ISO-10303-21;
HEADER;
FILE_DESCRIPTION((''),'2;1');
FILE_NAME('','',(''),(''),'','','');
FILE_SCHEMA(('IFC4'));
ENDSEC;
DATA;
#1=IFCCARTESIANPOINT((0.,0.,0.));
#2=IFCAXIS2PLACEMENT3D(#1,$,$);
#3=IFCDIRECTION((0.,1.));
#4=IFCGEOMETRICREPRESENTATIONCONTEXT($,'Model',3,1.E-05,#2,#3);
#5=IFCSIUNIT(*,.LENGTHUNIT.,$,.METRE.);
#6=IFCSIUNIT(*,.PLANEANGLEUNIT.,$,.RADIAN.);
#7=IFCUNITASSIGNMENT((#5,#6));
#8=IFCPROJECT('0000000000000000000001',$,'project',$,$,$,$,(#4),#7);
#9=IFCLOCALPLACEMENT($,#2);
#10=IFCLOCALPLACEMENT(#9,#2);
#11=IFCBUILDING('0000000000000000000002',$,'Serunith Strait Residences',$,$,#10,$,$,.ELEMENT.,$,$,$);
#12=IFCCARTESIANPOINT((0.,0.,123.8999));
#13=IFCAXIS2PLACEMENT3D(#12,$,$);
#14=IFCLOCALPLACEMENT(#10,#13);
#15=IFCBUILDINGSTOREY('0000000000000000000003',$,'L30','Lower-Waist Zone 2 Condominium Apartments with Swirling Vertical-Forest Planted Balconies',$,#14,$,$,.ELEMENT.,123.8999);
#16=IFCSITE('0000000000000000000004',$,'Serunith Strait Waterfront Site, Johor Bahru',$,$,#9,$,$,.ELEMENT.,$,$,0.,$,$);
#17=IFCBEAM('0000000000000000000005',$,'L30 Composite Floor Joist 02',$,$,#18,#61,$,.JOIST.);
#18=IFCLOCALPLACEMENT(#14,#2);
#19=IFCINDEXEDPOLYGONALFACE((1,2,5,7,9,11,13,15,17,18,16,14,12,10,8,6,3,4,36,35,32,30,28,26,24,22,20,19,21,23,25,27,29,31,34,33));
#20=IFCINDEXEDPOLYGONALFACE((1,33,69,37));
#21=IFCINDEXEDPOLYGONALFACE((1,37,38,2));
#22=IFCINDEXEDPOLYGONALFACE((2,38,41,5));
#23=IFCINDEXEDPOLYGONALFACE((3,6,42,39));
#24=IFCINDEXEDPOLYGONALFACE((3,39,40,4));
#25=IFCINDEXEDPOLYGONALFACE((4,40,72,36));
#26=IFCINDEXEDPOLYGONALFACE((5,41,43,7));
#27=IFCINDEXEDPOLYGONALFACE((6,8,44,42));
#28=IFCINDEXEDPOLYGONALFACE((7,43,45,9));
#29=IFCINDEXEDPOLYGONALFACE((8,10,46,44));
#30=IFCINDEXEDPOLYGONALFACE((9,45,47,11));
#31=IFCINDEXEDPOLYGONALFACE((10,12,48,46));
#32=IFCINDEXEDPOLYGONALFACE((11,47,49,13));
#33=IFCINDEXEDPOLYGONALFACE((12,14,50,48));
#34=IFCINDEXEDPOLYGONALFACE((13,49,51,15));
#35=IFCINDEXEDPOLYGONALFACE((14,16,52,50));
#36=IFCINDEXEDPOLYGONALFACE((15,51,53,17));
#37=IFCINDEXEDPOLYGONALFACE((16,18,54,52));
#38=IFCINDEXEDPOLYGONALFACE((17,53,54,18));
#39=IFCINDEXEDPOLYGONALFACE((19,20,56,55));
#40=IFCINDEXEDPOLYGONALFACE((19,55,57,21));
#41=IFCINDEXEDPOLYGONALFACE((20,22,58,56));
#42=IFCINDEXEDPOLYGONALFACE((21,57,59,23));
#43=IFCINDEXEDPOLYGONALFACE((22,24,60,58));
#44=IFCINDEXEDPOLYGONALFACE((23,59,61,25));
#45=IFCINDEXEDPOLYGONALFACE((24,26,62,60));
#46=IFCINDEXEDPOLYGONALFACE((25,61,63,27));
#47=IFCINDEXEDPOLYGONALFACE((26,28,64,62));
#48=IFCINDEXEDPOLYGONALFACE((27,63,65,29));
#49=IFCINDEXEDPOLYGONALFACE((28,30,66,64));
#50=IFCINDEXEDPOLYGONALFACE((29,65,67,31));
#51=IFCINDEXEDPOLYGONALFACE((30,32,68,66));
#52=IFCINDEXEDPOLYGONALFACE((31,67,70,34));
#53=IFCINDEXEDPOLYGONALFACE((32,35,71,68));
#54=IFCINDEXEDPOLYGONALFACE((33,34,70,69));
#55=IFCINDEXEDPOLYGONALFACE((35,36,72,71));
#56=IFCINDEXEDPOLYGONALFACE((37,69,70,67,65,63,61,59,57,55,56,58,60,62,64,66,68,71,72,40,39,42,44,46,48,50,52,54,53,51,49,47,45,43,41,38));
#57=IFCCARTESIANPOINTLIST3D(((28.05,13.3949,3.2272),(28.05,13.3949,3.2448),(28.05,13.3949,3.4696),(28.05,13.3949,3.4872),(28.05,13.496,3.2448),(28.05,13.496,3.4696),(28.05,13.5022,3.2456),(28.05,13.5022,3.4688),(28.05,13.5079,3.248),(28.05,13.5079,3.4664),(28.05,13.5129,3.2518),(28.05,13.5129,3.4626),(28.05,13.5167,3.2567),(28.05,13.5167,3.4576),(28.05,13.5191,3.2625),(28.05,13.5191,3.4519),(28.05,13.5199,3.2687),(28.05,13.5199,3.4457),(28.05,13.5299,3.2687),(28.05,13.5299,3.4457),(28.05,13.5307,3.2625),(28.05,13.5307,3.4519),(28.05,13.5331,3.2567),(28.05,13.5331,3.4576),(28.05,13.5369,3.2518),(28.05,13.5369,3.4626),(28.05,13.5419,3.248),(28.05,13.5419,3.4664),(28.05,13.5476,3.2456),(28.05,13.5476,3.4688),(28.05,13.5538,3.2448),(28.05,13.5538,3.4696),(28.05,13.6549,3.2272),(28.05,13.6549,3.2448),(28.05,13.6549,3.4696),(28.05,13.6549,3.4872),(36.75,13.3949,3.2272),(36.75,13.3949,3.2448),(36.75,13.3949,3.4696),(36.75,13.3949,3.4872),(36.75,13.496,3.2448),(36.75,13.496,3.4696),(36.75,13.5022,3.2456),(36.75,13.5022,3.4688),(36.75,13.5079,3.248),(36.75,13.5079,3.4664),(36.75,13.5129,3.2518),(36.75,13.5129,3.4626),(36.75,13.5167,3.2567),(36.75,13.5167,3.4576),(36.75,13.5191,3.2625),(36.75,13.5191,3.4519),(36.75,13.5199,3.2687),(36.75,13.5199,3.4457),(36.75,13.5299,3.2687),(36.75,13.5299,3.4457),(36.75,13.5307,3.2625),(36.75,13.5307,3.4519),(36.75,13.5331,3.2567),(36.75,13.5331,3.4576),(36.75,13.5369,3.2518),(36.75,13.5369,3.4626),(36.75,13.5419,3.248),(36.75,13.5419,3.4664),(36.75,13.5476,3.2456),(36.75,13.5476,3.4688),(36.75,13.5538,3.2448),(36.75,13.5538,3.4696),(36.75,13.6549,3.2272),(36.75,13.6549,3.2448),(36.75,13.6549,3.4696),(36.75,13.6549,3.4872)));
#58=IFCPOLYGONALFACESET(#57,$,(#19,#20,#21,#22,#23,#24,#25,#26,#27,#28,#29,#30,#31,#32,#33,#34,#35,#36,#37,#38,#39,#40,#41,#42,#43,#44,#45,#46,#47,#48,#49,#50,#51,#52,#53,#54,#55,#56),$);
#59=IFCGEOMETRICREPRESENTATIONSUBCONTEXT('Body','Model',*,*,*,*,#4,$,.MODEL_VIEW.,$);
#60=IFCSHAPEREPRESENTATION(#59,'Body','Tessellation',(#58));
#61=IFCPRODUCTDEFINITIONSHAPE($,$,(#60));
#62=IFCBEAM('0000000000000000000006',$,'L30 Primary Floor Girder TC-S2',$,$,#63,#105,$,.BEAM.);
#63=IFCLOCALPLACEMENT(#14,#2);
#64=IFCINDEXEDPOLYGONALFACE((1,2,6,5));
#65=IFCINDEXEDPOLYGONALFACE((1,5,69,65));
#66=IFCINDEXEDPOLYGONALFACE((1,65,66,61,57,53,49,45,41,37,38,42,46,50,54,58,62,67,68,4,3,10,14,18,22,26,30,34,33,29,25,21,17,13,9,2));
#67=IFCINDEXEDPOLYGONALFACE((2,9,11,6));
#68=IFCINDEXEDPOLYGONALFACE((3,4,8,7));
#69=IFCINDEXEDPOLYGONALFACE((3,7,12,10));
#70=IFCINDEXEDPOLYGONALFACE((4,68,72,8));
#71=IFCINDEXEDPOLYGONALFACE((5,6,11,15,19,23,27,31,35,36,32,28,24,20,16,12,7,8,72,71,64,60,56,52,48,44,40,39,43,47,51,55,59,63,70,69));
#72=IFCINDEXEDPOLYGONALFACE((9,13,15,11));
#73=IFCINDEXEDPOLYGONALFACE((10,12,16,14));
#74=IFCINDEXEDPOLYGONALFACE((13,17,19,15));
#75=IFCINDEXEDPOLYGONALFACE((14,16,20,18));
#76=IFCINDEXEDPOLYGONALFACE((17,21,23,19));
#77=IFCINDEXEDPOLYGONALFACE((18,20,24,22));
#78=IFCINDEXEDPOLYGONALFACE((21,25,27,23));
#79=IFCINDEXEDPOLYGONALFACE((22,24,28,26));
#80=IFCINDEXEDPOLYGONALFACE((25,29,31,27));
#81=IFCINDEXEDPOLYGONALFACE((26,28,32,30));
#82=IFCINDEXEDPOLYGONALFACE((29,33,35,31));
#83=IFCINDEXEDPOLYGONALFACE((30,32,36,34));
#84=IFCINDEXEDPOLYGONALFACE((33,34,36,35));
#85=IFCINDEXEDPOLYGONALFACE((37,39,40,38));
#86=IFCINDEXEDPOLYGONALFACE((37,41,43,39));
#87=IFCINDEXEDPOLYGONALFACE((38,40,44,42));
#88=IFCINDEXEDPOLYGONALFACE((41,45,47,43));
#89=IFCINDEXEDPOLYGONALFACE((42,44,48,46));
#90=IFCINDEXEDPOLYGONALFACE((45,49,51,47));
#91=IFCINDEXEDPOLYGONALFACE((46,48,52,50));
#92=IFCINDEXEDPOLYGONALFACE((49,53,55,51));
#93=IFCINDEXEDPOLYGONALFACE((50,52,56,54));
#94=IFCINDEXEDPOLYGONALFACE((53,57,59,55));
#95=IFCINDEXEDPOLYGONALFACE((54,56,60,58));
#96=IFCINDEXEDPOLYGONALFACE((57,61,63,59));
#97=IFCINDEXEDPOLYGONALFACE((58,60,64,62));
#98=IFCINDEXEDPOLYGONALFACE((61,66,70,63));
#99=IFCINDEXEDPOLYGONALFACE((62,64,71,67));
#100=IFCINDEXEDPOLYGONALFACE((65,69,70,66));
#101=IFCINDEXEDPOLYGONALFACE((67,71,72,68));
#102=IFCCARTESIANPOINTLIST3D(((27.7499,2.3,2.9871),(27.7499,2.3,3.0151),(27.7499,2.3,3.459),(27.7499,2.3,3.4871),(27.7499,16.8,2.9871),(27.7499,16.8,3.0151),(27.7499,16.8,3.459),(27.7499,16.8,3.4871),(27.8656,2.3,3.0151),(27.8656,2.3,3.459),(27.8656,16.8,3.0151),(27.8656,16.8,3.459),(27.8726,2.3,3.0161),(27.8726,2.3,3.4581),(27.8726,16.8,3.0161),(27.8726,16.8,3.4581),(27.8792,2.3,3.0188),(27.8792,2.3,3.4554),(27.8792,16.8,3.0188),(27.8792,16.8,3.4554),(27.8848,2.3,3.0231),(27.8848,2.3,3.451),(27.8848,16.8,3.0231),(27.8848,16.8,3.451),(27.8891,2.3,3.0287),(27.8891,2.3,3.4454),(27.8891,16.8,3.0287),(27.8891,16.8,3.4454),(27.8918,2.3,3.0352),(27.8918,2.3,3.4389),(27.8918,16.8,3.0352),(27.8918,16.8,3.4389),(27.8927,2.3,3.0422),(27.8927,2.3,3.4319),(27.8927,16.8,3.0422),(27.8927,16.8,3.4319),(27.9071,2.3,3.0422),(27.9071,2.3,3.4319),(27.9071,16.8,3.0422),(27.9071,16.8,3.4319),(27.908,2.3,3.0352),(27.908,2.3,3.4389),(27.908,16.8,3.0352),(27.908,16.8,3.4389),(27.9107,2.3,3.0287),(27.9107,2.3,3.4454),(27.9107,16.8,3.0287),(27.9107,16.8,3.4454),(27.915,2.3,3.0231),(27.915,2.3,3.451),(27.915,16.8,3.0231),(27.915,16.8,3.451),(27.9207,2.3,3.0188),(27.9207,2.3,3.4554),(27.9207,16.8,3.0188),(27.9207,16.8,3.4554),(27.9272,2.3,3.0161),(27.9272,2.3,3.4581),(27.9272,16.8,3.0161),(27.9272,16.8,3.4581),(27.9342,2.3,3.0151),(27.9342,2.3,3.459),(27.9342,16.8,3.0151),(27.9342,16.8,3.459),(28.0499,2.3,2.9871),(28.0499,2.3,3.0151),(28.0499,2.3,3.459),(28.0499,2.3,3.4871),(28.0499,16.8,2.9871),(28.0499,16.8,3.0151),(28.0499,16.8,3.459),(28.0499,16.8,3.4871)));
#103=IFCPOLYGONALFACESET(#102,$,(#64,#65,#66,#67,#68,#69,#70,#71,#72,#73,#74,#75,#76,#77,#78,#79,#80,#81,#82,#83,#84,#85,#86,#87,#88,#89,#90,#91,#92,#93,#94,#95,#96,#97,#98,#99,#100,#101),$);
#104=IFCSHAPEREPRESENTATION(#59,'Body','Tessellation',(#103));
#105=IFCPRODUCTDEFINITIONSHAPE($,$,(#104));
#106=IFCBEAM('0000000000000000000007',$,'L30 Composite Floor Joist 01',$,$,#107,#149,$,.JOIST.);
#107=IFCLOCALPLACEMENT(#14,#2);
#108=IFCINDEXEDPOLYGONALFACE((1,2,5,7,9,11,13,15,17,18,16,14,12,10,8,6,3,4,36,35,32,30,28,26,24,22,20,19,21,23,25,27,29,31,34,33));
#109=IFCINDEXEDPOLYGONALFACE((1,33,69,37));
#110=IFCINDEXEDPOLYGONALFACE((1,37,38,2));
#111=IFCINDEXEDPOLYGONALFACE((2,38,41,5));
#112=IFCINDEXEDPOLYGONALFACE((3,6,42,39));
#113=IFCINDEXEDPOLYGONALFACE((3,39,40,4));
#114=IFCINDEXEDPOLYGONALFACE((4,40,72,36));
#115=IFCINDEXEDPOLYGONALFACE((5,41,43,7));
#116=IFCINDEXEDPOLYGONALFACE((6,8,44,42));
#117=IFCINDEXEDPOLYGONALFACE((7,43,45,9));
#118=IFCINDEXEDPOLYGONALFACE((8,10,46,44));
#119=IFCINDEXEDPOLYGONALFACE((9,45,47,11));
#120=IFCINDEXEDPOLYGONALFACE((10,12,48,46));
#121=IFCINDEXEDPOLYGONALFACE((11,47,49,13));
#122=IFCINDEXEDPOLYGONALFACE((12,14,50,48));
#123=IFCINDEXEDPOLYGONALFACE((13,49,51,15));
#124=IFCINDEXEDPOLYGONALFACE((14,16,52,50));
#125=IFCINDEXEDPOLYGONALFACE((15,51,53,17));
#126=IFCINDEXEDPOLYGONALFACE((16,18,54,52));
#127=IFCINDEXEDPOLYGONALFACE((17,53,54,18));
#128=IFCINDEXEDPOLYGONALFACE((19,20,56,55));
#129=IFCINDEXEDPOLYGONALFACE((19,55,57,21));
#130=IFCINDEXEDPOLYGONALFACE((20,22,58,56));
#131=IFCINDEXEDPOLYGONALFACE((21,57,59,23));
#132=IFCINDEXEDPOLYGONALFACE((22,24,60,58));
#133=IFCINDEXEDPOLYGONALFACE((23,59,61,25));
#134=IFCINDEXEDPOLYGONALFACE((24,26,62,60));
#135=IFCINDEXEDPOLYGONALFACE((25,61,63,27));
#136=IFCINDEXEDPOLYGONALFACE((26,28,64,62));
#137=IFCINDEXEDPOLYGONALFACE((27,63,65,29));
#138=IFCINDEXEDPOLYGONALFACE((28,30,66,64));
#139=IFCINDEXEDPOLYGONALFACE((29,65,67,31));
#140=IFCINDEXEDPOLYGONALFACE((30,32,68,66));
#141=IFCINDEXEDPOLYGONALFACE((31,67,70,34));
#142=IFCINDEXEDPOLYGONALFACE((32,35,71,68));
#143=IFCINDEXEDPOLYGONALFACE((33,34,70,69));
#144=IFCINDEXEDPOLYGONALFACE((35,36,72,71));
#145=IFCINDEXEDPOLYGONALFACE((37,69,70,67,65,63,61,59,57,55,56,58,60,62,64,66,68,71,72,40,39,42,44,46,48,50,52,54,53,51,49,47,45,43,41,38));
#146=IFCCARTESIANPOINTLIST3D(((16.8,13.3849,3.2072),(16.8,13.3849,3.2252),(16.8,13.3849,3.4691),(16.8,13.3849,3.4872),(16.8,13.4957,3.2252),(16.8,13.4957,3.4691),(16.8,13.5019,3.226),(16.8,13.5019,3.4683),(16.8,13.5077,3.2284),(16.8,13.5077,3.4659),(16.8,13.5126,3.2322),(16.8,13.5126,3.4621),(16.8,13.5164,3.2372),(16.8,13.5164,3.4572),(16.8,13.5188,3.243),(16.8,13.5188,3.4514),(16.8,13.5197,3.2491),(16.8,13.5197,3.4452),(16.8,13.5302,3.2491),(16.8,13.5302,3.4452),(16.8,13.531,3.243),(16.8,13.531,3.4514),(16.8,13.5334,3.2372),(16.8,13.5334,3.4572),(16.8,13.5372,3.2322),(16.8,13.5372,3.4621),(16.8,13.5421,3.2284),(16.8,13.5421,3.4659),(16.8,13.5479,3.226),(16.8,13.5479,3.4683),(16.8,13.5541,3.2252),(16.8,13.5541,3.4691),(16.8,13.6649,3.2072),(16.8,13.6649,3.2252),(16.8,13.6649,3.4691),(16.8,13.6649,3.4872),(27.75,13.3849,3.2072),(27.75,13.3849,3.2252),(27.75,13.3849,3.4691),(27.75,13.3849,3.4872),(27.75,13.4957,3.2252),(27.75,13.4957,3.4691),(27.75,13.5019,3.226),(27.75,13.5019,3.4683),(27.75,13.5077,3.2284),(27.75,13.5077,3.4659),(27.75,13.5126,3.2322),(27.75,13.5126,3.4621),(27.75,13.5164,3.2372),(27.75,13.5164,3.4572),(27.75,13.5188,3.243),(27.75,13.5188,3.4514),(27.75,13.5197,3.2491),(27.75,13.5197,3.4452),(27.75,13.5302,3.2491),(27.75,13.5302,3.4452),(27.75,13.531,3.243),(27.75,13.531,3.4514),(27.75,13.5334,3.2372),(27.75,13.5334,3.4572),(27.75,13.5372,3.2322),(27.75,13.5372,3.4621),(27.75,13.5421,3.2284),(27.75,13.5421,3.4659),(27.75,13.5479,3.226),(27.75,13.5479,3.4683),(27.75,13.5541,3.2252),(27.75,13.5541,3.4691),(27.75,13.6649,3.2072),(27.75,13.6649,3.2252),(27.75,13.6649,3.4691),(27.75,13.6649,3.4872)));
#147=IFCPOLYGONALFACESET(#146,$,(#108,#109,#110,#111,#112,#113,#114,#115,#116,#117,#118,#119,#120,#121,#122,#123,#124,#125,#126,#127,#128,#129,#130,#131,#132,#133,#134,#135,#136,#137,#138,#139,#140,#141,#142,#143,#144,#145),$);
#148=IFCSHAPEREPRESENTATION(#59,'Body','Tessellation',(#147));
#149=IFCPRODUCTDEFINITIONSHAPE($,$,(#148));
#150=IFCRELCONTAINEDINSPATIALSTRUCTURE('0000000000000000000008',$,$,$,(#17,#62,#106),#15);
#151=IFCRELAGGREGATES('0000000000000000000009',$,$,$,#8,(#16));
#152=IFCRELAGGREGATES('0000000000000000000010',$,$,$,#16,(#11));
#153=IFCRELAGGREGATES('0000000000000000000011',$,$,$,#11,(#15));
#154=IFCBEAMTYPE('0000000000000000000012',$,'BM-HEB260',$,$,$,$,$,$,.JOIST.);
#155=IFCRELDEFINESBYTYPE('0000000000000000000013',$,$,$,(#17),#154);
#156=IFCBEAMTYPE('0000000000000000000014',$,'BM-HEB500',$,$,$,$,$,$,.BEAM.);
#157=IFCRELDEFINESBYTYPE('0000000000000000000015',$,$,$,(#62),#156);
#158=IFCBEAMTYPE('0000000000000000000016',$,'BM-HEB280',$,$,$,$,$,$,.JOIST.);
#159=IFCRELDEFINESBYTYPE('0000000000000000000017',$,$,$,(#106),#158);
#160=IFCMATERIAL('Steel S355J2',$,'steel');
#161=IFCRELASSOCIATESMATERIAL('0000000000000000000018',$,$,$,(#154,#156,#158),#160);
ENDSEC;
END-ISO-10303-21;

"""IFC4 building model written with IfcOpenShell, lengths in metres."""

from ifc_helpers import new_model, si_unit, direction, frame, origin, origin_2d, place, context, subcontext, project, spatial, i_section, extrude, source, transform, mapped, material, material_profile, profile_set, type_object, element, save


model = new_model("IFC4")

# Units and contexts
model_context = context("Model", 3, precision=1e-05, world=origin(), true_north=direction((0.0, 1.0)))
body_context = subcontext(model_context, "Body", "Model", "MODEL_VIEW")
ifc_project = project(units=[si_unit("LENGTHUNIT", "METRE"), si_unit("PLANEANGLEUNIT", "RADIAN")], contexts=[model_context])

# Site, building, storey
site_placement = place(None, origin())
site = spatial("IfcSite", under=ifc_project, at=site_placement, Name="Serunith Strait Waterfront Site, Johor Bahru", CompositionType="ELEMENT", RefElevation=0.0)
building_placement = place(site_placement, origin())
building = spatial("IfcBuilding", under=site, at=building_placement, Name="Serunith Strait Residences", CompositionType="ELEMENT")
storey_placement = place(building_placement, frame((0.0, 0.0, 123.8999)))
storey = spatial("IfcBuildingStorey", under=building, at=storey_placement, Name="L30", Description="Lower-Waist Zone 2 Condominium Apartments with Swirling Vertical-Forest Planted Balconies", CompositionType="ELEMENT", Elevation=123.8999)

# Beams
ifc_material_1 = material(Name="Steel S355J2", Category="steel")
ifc_material_profile_1 = material_profile(ifc_material_1, i_section(OverallWidth=0.26, OverallDepth=0.26, WebThickness=0.01, FlangeThickness=0.0176, FilletRadius=0.0239, at=origin_2d()), Name="HEB 260")
ifc_profile_set_1 = profile_set([ifc_material_profile_1], Name="Steel S355J2")
beam_type_1 = type_object("IfcBeamType", Name="BM-HEB260", PredefinedType="JOIST", material=ifc_profile_set_1)
shared_shape_1 = source(origin(), body_context, "Body", "SweptSolid", [
    extrude(i_section(OverallWidth=0.26, OverallDepth=0.26, WebThickness=0.01, FlangeThickness=0.0176, FilletRadius=0.0239, at=origin_2d()), origin(), (0.0, 0.0, 1.0), 8.7),
])
beam_1_placement = place(storey_placement, frame((28.05, 13.5249, 3.3572), z_axis=(1.0, 0.0, 0.0), x_axis=(0.0, 1.0, 0.0)))
element("IfcBeam", 1, at=beam_1_placement, inside=storey, type_object=beam_type_1, Name="L30 Composite Floor Joist 02", PredefinedType="JOIST", context=body_context, shape_type="MappedRepresentation", body=[
    mapped(shared_shape_1, transform((0.0, 0.0, 0.0), scale=1.0)),
])
ifc_material_profile_2 = material_profile(ifc_material_1, i_section(OverallWidth=0.3, OverallDepth=0.5, WebThickness=0.0144, FlangeThickness=0.0281, FilletRadius=0.0271, at=origin_2d()), Name="HEB 500")
ifc_profile_set_2 = profile_set([ifc_material_profile_2], Name="Steel S355J2")
beam_type_2 = type_object("IfcBeamType", Name="BM-HEB500", PredefinedType="BEAM", material=ifc_profile_set_2)
shared_shape_2 = source(origin(), body_context, "Body", "SweptSolid", [
    extrude(i_section(OverallWidth=0.3, OverallDepth=0.5, WebThickness=0.0144, FlangeThickness=0.0281, FilletRadius=0.0271, at=origin_2d()), origin(), (0.0, 0.0, 1.0), 14.5),
])
beam_2_placement = place(storey_placement, frame((27.8999, 16.8, 3.2371), z_axis=(0.0, -1.0, 0.0), x_axis=(1.0, 0.0, 0.0)))
element("IfcBeam", 2, at=beam_2_placement, inside=storey, type_object=beam_type_2, Name="L30 Primary Floor Girder TC-S2", PredefinedType="BEAM", context=body_context, shape_type="MappedRepresentation", body=[
    mapped(shared_shape_2, transform((0.0, 0.0, 0.0), scale=1.0)),
])
ifc_material_profile_3 = material_profile(ifc_material_1, i_section(OverallWidth=0.28, OverallDepth=0.28, WebThickness=0.0105, FlangeThickness=0.0181, FilletRadius=0.0239, at=origin_2d()), Name="HEB 280")
ifc_profile_set_3 = profile_set([ifc_material_profile_3], Name="Steel S355J2")
beam_type_3 = type_object("IfcBeamType", Name="BM-HEB280", PredefinedType="JOIST", material=ifc_profile_set_3)
shared_shape_3 = source(origin(), body_context, "Body", "SweptSolid", [
    extrude(i_section(OverallWidth=0.28, OverallDepth=0.28, WebThickness=0.0105, FlangeThickness=0.0181, FilletRadius=0.0239, at=origin_2d()), origin(), (0.0, 0.0, 1.0), 10.95),
])
beam_3_placement = place(storey_placement, frame((16.8, 13.5249, 3.3472), z_axis=(1.0, 0.0, 0.0), x_axis=(0.0, 1.0, 0.0)))
element("IfcBeam", 3, at=beam_3_placement, inside=storey, type_object=beam_type_3, Name="L30 Composite Floor Joist 01", PredefinedType="JOIST", context=body_context, shape_type="MappedRepresentation", body=[
    mapped(shared_shape_3, transform((0.0, 0.0, 0.0), scale=1.0)),
])

save(model, "model.ifc")
